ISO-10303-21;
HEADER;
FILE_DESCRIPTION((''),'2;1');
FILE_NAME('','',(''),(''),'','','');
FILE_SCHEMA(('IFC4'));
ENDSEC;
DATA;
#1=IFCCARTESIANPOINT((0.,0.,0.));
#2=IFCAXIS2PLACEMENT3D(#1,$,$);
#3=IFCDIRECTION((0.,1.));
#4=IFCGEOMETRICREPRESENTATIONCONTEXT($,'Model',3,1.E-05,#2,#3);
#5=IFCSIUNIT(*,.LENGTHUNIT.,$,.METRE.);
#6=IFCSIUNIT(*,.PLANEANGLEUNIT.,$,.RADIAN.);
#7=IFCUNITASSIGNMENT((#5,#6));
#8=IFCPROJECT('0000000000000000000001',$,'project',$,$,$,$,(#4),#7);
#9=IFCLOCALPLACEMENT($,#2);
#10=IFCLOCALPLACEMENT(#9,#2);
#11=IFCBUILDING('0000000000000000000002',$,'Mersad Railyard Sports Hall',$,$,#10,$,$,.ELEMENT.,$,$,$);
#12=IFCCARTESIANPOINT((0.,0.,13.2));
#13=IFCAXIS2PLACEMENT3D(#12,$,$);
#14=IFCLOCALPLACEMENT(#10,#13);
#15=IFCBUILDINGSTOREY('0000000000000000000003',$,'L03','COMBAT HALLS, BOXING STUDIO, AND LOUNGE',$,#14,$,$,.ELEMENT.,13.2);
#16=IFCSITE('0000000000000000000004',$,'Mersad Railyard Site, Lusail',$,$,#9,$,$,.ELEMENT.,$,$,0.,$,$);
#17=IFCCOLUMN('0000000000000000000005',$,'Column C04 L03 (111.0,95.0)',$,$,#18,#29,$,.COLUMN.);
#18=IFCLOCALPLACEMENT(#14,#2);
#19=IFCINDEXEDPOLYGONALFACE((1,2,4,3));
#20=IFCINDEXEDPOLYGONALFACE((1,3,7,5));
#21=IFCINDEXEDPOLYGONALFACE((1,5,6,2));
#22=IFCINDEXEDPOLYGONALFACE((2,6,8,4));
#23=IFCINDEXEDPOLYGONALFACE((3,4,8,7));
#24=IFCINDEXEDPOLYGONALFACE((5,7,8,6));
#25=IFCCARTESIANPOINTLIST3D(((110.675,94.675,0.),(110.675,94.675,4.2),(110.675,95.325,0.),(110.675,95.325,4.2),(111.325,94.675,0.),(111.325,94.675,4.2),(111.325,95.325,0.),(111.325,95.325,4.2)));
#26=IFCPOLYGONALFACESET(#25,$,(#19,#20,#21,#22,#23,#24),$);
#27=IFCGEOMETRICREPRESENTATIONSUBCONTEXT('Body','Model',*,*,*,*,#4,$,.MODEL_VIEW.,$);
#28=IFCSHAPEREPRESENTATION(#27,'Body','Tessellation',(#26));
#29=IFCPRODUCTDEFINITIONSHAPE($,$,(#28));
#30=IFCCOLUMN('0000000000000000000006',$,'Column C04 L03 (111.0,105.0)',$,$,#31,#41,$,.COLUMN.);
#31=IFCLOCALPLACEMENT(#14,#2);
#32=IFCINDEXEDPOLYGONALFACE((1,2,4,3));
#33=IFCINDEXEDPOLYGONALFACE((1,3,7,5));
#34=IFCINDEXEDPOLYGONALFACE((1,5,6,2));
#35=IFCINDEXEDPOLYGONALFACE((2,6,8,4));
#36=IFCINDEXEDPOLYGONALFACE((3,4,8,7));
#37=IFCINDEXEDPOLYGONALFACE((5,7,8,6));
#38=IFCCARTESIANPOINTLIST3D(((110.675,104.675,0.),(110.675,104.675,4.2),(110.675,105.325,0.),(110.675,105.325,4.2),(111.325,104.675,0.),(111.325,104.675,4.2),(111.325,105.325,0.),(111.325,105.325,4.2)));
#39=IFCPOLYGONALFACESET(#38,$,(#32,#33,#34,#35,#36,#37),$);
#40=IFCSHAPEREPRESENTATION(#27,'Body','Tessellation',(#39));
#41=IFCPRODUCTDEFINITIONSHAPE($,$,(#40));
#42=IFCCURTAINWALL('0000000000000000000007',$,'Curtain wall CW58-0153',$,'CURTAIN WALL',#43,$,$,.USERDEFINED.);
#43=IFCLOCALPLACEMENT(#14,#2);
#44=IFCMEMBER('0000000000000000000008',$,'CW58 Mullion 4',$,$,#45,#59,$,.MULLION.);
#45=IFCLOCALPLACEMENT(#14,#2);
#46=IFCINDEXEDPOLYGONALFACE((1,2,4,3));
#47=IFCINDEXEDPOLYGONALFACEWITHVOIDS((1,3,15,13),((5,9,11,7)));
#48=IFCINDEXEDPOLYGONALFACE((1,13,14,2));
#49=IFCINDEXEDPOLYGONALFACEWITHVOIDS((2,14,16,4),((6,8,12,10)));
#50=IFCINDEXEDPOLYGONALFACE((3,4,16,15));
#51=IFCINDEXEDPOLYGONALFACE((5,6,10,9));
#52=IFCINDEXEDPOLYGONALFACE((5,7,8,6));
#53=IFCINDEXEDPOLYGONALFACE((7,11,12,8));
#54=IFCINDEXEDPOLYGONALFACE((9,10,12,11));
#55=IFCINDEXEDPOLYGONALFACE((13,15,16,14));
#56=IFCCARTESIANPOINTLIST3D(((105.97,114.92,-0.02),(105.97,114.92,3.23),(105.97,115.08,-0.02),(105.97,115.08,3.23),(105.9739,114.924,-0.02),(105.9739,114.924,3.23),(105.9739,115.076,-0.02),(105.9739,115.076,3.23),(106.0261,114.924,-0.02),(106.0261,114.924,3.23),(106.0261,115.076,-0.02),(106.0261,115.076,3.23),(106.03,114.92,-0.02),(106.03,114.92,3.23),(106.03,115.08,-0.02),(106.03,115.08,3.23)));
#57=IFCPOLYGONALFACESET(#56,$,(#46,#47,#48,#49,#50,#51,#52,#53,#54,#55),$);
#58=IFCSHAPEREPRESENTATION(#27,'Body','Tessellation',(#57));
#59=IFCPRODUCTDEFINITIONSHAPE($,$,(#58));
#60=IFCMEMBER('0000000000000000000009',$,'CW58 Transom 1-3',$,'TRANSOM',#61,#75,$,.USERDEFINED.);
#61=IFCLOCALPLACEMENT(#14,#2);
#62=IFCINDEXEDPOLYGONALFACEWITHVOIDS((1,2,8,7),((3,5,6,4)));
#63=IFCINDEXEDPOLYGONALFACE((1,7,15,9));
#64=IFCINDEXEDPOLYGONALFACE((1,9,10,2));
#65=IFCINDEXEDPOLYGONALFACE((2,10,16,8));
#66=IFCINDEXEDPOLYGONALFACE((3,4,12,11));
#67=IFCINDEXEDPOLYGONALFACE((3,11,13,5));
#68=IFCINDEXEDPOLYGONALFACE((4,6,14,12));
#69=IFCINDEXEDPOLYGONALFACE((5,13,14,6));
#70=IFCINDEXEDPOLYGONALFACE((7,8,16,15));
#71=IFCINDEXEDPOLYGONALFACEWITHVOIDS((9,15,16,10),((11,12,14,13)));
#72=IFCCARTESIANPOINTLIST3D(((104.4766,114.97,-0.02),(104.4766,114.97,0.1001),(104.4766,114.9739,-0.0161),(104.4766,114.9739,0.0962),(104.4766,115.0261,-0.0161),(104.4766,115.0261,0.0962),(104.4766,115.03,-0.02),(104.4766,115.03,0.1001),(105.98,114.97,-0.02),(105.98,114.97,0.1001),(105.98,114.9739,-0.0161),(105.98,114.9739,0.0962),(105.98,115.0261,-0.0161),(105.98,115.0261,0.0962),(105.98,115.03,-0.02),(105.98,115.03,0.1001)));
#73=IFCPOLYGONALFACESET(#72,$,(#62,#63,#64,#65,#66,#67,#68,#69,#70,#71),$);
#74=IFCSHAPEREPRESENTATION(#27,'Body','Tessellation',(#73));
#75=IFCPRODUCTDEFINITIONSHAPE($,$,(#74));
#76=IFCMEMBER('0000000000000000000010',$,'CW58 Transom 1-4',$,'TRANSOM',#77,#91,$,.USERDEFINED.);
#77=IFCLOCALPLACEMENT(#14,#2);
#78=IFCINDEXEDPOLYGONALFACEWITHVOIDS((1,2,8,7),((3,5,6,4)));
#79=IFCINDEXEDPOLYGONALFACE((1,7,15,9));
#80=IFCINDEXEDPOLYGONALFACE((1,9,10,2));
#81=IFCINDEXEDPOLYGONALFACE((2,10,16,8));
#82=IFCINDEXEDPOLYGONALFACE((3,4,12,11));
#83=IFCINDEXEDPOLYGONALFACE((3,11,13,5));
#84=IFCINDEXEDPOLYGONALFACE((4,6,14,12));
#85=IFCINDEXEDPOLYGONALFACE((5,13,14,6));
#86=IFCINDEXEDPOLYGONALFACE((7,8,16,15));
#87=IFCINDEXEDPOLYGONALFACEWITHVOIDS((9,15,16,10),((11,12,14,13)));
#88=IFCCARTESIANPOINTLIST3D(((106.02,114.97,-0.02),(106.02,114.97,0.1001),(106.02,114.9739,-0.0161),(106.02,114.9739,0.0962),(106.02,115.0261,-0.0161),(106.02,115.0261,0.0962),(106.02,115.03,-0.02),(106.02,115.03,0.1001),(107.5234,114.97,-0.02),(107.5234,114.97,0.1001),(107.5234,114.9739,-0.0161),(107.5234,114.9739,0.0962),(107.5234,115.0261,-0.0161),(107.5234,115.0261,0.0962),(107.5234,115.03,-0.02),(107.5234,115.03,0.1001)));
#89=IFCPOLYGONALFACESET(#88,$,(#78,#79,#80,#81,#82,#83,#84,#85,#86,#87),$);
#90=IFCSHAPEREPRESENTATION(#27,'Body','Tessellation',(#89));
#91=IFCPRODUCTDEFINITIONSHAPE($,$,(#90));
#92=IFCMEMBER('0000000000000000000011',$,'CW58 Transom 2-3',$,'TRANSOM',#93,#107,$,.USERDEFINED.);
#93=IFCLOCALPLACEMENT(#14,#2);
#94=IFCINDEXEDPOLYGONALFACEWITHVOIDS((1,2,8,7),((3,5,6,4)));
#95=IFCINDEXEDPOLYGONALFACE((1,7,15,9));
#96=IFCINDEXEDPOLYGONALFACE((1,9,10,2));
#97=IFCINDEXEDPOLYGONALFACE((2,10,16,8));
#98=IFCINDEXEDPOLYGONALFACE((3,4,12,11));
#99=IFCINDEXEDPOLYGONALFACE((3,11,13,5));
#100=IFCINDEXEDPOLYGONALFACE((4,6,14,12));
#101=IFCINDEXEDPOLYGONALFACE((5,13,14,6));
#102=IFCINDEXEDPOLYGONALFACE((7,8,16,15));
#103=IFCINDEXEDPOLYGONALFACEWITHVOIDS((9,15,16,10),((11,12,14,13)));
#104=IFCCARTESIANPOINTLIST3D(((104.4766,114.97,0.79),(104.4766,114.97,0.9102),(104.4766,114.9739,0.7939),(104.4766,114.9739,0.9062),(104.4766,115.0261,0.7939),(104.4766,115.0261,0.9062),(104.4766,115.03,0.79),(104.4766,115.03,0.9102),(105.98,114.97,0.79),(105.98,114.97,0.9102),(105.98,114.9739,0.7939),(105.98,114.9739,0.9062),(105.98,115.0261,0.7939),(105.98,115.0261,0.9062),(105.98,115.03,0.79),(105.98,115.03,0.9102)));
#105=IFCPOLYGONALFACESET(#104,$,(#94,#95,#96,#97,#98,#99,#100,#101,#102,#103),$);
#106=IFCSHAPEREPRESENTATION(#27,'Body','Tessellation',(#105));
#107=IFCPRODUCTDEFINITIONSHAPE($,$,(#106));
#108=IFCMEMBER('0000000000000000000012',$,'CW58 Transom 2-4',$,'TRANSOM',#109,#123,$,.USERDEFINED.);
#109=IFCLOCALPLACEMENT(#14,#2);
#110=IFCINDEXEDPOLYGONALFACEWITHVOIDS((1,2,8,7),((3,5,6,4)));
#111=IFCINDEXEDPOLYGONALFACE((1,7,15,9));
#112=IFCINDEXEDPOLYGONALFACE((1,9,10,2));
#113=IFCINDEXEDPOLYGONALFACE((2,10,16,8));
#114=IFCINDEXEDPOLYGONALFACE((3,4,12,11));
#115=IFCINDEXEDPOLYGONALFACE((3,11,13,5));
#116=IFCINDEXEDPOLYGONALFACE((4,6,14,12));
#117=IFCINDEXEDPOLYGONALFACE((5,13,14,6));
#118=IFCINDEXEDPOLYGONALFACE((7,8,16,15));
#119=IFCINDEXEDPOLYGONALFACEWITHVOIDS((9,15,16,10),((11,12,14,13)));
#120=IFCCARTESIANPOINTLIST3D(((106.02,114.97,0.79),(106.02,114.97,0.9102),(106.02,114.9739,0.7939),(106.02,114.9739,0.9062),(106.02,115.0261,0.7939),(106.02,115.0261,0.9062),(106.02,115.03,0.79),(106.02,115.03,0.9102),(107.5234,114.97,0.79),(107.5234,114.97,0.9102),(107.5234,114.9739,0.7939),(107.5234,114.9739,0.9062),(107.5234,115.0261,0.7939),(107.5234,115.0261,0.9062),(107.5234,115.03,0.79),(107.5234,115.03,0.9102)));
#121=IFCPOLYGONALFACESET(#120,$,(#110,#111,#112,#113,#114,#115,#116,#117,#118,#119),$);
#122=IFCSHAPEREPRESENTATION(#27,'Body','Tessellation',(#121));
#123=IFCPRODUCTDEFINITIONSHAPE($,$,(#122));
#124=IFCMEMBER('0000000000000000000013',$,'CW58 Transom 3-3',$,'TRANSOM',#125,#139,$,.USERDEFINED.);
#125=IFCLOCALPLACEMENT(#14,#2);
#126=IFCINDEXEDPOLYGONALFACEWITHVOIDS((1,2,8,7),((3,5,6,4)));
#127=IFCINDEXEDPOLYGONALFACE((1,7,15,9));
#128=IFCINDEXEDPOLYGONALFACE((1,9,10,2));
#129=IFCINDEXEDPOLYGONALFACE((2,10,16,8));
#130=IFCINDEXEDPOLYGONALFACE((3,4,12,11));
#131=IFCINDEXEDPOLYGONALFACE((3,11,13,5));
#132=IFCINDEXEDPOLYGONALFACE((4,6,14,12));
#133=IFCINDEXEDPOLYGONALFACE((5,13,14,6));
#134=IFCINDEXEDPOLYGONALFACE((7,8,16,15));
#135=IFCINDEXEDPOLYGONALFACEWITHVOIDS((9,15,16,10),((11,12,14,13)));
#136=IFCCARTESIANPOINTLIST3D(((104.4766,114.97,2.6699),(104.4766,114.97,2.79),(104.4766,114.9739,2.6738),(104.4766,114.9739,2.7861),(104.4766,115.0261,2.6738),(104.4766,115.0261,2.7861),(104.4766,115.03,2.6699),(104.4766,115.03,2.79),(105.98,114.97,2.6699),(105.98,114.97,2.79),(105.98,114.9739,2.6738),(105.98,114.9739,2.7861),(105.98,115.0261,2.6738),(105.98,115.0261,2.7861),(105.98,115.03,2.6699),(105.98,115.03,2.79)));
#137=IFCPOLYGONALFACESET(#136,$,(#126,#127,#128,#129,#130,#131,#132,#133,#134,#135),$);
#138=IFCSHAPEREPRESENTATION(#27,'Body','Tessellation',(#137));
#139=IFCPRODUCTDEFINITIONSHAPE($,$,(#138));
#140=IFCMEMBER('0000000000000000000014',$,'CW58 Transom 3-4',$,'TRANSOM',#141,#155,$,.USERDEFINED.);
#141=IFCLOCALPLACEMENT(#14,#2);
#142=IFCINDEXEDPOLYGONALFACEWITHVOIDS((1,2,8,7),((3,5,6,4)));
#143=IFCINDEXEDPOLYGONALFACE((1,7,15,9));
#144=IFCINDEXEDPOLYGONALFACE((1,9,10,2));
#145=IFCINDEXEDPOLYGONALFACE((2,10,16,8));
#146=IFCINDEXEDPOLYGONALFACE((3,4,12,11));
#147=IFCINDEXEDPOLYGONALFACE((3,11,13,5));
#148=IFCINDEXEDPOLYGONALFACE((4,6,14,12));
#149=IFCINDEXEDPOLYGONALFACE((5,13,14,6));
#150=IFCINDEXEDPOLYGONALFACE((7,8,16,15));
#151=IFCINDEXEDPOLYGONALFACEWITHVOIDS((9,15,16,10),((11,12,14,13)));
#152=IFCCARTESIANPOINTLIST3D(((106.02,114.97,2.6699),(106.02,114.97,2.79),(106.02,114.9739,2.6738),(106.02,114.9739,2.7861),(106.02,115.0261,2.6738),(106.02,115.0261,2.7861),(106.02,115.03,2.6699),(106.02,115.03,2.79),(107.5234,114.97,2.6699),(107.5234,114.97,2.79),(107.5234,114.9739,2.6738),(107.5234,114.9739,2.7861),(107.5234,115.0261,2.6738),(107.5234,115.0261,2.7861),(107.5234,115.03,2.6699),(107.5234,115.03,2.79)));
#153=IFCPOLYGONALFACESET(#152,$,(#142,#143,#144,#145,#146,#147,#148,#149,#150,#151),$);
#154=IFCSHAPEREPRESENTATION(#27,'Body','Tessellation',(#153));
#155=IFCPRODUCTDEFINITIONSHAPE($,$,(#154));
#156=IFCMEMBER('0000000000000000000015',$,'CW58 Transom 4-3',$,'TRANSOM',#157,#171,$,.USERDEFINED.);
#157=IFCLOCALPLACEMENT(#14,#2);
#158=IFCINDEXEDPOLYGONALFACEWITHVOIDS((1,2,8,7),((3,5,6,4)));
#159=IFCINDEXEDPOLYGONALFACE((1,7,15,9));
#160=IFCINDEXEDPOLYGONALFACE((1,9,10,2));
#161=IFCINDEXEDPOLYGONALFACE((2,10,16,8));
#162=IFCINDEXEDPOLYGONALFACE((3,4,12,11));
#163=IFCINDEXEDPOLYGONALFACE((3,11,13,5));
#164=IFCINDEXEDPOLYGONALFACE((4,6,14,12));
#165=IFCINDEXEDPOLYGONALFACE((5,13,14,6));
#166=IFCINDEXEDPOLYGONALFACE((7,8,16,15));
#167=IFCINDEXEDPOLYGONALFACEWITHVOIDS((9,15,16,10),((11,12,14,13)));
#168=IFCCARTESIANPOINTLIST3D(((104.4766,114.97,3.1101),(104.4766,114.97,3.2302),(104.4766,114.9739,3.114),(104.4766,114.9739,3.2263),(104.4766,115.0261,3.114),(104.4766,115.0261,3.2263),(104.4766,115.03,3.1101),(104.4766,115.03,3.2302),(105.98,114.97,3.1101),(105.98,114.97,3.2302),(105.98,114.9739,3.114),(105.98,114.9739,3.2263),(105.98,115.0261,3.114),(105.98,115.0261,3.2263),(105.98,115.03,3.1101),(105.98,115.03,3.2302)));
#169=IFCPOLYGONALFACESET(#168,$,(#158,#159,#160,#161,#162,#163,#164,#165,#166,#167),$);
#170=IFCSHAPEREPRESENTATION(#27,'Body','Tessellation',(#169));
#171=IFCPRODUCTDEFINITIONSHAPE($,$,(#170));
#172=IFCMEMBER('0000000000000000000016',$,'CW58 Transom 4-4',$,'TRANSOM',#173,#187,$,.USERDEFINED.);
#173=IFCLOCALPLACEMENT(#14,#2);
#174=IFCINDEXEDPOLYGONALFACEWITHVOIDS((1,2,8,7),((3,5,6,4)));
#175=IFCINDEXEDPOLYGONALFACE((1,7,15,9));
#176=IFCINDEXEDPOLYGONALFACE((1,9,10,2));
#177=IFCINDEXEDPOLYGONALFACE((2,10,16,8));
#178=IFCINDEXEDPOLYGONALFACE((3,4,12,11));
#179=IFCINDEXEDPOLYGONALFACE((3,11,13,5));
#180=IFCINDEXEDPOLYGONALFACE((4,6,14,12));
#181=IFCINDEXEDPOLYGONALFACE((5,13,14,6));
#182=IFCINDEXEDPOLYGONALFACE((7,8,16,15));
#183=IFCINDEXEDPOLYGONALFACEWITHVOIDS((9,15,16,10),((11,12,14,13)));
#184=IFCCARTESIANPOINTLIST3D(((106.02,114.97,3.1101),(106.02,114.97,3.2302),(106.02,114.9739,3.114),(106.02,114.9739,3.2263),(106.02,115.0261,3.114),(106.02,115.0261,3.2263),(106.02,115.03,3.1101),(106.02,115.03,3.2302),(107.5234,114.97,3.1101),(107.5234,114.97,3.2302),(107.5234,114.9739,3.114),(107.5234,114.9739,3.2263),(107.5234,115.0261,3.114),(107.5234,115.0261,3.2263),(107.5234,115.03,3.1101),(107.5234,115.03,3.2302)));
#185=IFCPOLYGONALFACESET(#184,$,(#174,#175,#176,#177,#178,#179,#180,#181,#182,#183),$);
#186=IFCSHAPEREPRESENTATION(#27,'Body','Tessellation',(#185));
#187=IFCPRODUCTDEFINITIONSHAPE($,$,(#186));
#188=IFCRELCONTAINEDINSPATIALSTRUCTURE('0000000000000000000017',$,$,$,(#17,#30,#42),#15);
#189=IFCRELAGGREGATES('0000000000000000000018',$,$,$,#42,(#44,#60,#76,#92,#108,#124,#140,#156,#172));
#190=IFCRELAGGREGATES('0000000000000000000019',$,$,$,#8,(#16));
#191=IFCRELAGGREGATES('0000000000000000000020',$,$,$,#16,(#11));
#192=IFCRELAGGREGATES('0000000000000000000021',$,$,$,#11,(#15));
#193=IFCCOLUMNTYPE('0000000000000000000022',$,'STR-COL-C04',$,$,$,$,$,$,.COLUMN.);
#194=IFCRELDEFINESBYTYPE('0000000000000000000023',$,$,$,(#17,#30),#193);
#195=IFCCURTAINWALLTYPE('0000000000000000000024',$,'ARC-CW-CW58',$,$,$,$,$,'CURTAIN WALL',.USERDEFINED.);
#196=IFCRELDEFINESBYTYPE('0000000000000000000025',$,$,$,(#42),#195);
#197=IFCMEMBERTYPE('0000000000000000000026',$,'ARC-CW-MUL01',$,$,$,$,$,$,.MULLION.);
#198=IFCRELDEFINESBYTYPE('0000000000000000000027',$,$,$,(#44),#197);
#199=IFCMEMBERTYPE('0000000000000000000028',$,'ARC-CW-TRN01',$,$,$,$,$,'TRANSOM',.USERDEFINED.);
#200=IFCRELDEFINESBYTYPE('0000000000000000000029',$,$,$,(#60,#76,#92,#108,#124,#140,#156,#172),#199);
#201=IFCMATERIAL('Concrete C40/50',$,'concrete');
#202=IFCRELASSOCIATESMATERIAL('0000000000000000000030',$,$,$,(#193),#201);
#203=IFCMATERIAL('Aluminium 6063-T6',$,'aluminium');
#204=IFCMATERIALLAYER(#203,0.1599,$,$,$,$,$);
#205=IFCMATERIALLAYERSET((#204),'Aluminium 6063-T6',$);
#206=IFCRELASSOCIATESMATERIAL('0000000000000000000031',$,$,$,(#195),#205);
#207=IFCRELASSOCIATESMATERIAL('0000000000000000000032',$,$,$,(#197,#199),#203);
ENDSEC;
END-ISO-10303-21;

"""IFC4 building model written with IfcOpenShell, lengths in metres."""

from ifc_helpers import new_model, si_unit, direction, frame, origin, origin_2d, place, context, subcontext, project, spatial, rectangle, hollow_rectangle, extrude, material, layer, layer_set, material_profile, profile_set, type_object, element, aggregate, save


model = new_model("IFC4")

# Units and contexts
model_context = context("Model", 3, precision=1e-05, world=origin(), true_north=direction((0.0, 1.0)))
body_context = subcontext(model_context, "Body", "Model", "MODEL_VIEW")
ifc_project = project(units=[si_unit("LENGTHUNIT", "METRE"), si_unit("PLANEANGLEUNIT", "RADIAN")], contexts=[model_context])

# Site, building, storey
site_placement = place(None, origin())
site = spatial("IfcSite", under=ifc_project, at=site_placement, Name="Mersad Railyard Site, Lusail", CompositionType="ELEMENT", RefElevation=0.0)
building_placement = place(site_placement, origin())
building = spatial("IfcBuilding", under=site, at=building_placement, Name="Mersad Railyard Sports Hall", CompositionType="ELEMENT")
storey_placement = place(building_placement, frame((0.0, 0.0, 13.2)))
storey = spatial("IfcBuildingStorey", under=building, at=storey_placement, Name="L03", Description="COMBAT HALLS, BOXING STUDIO, AND LOUNGE", CompositionType="ELEMENT", Elevation=13.2)

# Columns
ifc_material_1 = material(Name="Concrete C40/50", Category="concrete")
ifc_material_profile_1 = material_profile(ifc_material_1, rectangle(XDim=0.6499, YDim=0.6499, at=origin_2d()), Name="RC 650x650")
ifc_profile_set_1 = profile_set([ifc_material_profile_1], Name="Concrete C40/50")
column_type = type_object("IfcColumnType", Name="STR-COL-C04", PredefinedType="COLUMN", material=ifc_profile_set_1)
for number, where, z_axis, x_axis, name in (
    (1, (111.0, 95.0, 0.0), (0.0, 0.0, 1.0), (1.0, 0.0, 0.0), "Column C04 L03 (111.0,95.0)"),
    (2, (111.0, 105.0, 0.0), (0.0, 0.0, 1.0), (1.0, 0.0, 0.0), "Column C04 L03 (111.0,105.0)"),
):
    element("IfcColumn", number, at=place(storey_placement, frame(where, z_axis=z_axis, x_axis=x_axis)), inside=storey, type_object=column_type, Name=name, PredefinedType="COLUMN", context=body_context, shape_type="SweptSolid", body=[
        extrude(rectangle(XDim=0.6499, YDim=0.6499, at=origin_2d()), origin(), (0.0, 0.0, 1.0), 4.2),
    ])

# Curtain wall, members
ifc_material_2 = material(Name="Aluminium 6063-T6", Category="aluminium")
ifc_layer_1 = layer(ifc_material_2, 0.1599)
ifc_layer_set_1 = layer_set([ifc_layer_1], Name="Aluminium 6063-T6")
curtain_wall_type = type_object("IfcCurtainWallType", Name="ARC-CW-CW58", ElementType="CURTAIN WALL", PredefinedType="USERDEFINED", material=ifc_layer_set_1)
curtain_wall_placement = place(storey_placement, origin())
curtain_wall = element("IfcCurtainWall", 3, at=curtain_wall_placement, inside=storey, type_object=curtain_wall_type, Name="Curtain wall CW58-0153", ObjectType="CURTAIN WALL", PredefinedType="USERDEFINED")
ifc_material_profile_2 = material_profile(ifc_material_2, hollow_rectangle(XDim=0.0601, YDim=0.1599, WallThickness=0.0039, at=origin_2d()), Name="AL MULLION 60x160x4")
ifc_profile_set_2 = profile_set([ifc_material_profile_2], Name="Aluminium 6063-T6")
member_type_1 = type_object("IfcMemberType", Name="ARC-CW-MUL01", PredefinedType="MULLION", material=ifc_profile_set_2)
member_1_placement = place(storey_placement, frame((106.0, 115.0, -0.02), z_axis=(0.0, 0.0, 1.0), x_axis=(1.0, 0.0, 0.0)))
member_1 = element("IfcMember", 4, at=member_1_placement, type_object=member_type_1, Name="CW58 Mullion 4", PredefinedType="MULLION", context=body_context, shape_type="SweptSolid", body=[
    extrude(hollow_rectangle(XDim=0.0601, YDim=0.1599, WallThickness=0.0039, at=origin_2d()), origin(), (0.0, 0.0, 1.0), 3.25),
])
ifc_material_profile_3 = material_profile(ifc_material_2, hollow_rectangle(XDim=0.0601, YDim=0.1201, WallThickness=0.0039, at=origin_2d()), Name="AL TRANSOM 60x120x4")
ifc_profile_set_3 = profile_set([ifc_material_profile_3], Name="Aluminium 6063-T6")
member_type_2 = type_object("IfcMemberType", Name="ARC-CW-TRN01", ElementType="TRANSOM", PredefinedType="USERDEFINED", material=ifc_profile_set_3)
member_2_placement = place(storey_placement, frame((104.4766, 115.0, 0.04), z_axis=(1.0, 0.0, 0.0), x_axis=(0.0, 1.0, 0.0)))
member_2 = element("IfcMember", 5, at=member_2_placement, type_object=member_type_2, Name="CW58 Transom 1-3", ObjectType="TRANSOM", PredefinedType="USERDEFINED", context=body_context, shape_type="SweptSolid", body=[
    extrude(hollow_rectangle(XDim=0.0601, YDim=0.1201, WallThickness=0.0039, at=origin_2d()), origin(), (0.0, 0.0, 1.0), 1.5034),
])
member_3_placement = place(storey_placement, frame((106.02, 115.0, 0.04), z_axis=(1.0, 0.0, 0.0), x_axis=(0.0, 1.0, 0.0)))
member_3 = element("IfcMember", 6, at=member_3_placement, type_object=member_type_2, Name="CW58 Transom 1-4", ObjectType="TRANSOM", PredefinedType="USERDEFINED", context=body_context, shape_type="SweptSolid", body=[
    extrude(hollow_rectangle(XDim=0.0601, YDim=0.1201, WallThickness=0.0039, at=origin_2d()), origin(), (0.0, 0.0, 1.0), 1.5034),
])
member_4_placement = place(storey_placement, frame((104.4766, 115.0, 0.8501), z_axis=(1.0, 0.0, 0.0), x_axis=(0.0, 1.0, 0.0)))
member_4 = element("IfcMember", 7, at=member_4_placement, type_object=member_type_2, Name="CW58 Transom 2-3", ObjectType="TRANSOM", PredefinedType="USERDEFINED", context=body_context, shape_type="SweptSolid", body=[
    extrude(hollow_rectangle(XDim=0.0601, YDim=0.1201, WallThickness=0.0039, at=origin_2d()), origin(), (0.0, 0.0, 1.0), 1.5034),
])
member_5_placement = place(storey_placement, frame((106.02, 115.0, 0.8501), z_axis=(1.0, 0.0, 0.0), x_axis=(0.0, 1.0, 0.0)))
member_5 = element("IfcMember", 8, at=member_5_placement, type_object=member_type_2, Name="CW58 Transom 2-4", ObjectType="TRANSOM", PredefinedType="USERDEFINED", context=body_context, shape_type="SweptSolid", body=[
    extrude(hollow_rectangle(XDim=0.0601, YDim=0.1201, WallThickness=0.0039, at=origin_2d()), origin(), (0.0, 0.0, 1.0), 1.5034),
])
member_6_placement = place(storey_placement, frame((104.4766, 115.0, 2.73), z_axis=(1.0, 0.0, 0.0), x_axis=(0.0, 1.0, 0.0)))
member_6 = element("IfcMember", 9, at=member_6_placement, type_object=member_type_2, Name="CW58 Transom 3-3", ObjectType="TRANSOM", PredefinedType="USERDEFINED", context=body_context, shape_type="SweptSolid", body=[
    extrude(hollow_rectangle(XDim=0.0601, YDim=0.1201, WallThickness=0.0039, at=origin_2d()), origin(), (0.0, 0.0, 1.0), 1.5034),
])
member_7_placement = place(storey_placement, frame((106.02, 115.0, 2.73), z_axis=(1.0, 0.0, 0.0), x_axis=(0.0, 1.0, 0.0)))
member_7 = element("IfcMember", 10, at=member_7_placement, type_object=member_type_2, Name="CW58 Transom 3-4", ObjectType="TRANSOM", PredefinedType="USERDEFINED", context=body_context, shape_type="SweptSolid", body=[
    extrude(hollow_rectangle(XDim=0.0601, YDim=0.1201, WallThickness=0.0039, at=origin_2d()), origin(), (0.0, 0.0, 1.0), 1.5034),
])
member_8_placement = place(storey_placement, frame((104.4766, 115.0, 3.1702), z_axis=(1.0, 0.0, 0.0), x_axis=(0.0, 1.0, 0.0)))
member_8 = element("IfcMember", 11, at=member_8_placement, type_object=member_type_2, Name="CW58 Transom 4-3", ObjectType="TRANSOM", PredefinedType="USERDEFINED", context=body_context, shape_type="SweptSolid", body=[
    extrude(hollow_rectangle(XDim=0.0601, YDim=0.1201, WallThickness=0.0039, at=origin_2d()), origin(), (0.0, 0.0, 1.0), 1.5034),
])
member_9_placement = place(storey_placement, frame((106.02, 115.0, 3.1702), z_axis=(1.0, 0.0, 0.0), x_axis=(0.0, 1.0, 0.0)))
member_9 = element("IfcMember", 12, at=member_9_placement, type_object=member_type_2, Name="CW58 Transom 4-4", ObjectType="TRANSOM", PredefinedType="USERDEFINED", context=body_context, shape_type="SweptSolid", body=[
    extrude(hollow_rectangle(XDim=0.0601, YDim=0.1201, WallThickness=0.0039, at=origin_2d()), origin(), (0.0, 0.0, 1.0), 1.5034),
])

aggregate(curtain_wall, [member_1, member_2, member_3, member_4, member_5, member_6, member_7, member_8, member_9])

save(model, "model.ifc")
